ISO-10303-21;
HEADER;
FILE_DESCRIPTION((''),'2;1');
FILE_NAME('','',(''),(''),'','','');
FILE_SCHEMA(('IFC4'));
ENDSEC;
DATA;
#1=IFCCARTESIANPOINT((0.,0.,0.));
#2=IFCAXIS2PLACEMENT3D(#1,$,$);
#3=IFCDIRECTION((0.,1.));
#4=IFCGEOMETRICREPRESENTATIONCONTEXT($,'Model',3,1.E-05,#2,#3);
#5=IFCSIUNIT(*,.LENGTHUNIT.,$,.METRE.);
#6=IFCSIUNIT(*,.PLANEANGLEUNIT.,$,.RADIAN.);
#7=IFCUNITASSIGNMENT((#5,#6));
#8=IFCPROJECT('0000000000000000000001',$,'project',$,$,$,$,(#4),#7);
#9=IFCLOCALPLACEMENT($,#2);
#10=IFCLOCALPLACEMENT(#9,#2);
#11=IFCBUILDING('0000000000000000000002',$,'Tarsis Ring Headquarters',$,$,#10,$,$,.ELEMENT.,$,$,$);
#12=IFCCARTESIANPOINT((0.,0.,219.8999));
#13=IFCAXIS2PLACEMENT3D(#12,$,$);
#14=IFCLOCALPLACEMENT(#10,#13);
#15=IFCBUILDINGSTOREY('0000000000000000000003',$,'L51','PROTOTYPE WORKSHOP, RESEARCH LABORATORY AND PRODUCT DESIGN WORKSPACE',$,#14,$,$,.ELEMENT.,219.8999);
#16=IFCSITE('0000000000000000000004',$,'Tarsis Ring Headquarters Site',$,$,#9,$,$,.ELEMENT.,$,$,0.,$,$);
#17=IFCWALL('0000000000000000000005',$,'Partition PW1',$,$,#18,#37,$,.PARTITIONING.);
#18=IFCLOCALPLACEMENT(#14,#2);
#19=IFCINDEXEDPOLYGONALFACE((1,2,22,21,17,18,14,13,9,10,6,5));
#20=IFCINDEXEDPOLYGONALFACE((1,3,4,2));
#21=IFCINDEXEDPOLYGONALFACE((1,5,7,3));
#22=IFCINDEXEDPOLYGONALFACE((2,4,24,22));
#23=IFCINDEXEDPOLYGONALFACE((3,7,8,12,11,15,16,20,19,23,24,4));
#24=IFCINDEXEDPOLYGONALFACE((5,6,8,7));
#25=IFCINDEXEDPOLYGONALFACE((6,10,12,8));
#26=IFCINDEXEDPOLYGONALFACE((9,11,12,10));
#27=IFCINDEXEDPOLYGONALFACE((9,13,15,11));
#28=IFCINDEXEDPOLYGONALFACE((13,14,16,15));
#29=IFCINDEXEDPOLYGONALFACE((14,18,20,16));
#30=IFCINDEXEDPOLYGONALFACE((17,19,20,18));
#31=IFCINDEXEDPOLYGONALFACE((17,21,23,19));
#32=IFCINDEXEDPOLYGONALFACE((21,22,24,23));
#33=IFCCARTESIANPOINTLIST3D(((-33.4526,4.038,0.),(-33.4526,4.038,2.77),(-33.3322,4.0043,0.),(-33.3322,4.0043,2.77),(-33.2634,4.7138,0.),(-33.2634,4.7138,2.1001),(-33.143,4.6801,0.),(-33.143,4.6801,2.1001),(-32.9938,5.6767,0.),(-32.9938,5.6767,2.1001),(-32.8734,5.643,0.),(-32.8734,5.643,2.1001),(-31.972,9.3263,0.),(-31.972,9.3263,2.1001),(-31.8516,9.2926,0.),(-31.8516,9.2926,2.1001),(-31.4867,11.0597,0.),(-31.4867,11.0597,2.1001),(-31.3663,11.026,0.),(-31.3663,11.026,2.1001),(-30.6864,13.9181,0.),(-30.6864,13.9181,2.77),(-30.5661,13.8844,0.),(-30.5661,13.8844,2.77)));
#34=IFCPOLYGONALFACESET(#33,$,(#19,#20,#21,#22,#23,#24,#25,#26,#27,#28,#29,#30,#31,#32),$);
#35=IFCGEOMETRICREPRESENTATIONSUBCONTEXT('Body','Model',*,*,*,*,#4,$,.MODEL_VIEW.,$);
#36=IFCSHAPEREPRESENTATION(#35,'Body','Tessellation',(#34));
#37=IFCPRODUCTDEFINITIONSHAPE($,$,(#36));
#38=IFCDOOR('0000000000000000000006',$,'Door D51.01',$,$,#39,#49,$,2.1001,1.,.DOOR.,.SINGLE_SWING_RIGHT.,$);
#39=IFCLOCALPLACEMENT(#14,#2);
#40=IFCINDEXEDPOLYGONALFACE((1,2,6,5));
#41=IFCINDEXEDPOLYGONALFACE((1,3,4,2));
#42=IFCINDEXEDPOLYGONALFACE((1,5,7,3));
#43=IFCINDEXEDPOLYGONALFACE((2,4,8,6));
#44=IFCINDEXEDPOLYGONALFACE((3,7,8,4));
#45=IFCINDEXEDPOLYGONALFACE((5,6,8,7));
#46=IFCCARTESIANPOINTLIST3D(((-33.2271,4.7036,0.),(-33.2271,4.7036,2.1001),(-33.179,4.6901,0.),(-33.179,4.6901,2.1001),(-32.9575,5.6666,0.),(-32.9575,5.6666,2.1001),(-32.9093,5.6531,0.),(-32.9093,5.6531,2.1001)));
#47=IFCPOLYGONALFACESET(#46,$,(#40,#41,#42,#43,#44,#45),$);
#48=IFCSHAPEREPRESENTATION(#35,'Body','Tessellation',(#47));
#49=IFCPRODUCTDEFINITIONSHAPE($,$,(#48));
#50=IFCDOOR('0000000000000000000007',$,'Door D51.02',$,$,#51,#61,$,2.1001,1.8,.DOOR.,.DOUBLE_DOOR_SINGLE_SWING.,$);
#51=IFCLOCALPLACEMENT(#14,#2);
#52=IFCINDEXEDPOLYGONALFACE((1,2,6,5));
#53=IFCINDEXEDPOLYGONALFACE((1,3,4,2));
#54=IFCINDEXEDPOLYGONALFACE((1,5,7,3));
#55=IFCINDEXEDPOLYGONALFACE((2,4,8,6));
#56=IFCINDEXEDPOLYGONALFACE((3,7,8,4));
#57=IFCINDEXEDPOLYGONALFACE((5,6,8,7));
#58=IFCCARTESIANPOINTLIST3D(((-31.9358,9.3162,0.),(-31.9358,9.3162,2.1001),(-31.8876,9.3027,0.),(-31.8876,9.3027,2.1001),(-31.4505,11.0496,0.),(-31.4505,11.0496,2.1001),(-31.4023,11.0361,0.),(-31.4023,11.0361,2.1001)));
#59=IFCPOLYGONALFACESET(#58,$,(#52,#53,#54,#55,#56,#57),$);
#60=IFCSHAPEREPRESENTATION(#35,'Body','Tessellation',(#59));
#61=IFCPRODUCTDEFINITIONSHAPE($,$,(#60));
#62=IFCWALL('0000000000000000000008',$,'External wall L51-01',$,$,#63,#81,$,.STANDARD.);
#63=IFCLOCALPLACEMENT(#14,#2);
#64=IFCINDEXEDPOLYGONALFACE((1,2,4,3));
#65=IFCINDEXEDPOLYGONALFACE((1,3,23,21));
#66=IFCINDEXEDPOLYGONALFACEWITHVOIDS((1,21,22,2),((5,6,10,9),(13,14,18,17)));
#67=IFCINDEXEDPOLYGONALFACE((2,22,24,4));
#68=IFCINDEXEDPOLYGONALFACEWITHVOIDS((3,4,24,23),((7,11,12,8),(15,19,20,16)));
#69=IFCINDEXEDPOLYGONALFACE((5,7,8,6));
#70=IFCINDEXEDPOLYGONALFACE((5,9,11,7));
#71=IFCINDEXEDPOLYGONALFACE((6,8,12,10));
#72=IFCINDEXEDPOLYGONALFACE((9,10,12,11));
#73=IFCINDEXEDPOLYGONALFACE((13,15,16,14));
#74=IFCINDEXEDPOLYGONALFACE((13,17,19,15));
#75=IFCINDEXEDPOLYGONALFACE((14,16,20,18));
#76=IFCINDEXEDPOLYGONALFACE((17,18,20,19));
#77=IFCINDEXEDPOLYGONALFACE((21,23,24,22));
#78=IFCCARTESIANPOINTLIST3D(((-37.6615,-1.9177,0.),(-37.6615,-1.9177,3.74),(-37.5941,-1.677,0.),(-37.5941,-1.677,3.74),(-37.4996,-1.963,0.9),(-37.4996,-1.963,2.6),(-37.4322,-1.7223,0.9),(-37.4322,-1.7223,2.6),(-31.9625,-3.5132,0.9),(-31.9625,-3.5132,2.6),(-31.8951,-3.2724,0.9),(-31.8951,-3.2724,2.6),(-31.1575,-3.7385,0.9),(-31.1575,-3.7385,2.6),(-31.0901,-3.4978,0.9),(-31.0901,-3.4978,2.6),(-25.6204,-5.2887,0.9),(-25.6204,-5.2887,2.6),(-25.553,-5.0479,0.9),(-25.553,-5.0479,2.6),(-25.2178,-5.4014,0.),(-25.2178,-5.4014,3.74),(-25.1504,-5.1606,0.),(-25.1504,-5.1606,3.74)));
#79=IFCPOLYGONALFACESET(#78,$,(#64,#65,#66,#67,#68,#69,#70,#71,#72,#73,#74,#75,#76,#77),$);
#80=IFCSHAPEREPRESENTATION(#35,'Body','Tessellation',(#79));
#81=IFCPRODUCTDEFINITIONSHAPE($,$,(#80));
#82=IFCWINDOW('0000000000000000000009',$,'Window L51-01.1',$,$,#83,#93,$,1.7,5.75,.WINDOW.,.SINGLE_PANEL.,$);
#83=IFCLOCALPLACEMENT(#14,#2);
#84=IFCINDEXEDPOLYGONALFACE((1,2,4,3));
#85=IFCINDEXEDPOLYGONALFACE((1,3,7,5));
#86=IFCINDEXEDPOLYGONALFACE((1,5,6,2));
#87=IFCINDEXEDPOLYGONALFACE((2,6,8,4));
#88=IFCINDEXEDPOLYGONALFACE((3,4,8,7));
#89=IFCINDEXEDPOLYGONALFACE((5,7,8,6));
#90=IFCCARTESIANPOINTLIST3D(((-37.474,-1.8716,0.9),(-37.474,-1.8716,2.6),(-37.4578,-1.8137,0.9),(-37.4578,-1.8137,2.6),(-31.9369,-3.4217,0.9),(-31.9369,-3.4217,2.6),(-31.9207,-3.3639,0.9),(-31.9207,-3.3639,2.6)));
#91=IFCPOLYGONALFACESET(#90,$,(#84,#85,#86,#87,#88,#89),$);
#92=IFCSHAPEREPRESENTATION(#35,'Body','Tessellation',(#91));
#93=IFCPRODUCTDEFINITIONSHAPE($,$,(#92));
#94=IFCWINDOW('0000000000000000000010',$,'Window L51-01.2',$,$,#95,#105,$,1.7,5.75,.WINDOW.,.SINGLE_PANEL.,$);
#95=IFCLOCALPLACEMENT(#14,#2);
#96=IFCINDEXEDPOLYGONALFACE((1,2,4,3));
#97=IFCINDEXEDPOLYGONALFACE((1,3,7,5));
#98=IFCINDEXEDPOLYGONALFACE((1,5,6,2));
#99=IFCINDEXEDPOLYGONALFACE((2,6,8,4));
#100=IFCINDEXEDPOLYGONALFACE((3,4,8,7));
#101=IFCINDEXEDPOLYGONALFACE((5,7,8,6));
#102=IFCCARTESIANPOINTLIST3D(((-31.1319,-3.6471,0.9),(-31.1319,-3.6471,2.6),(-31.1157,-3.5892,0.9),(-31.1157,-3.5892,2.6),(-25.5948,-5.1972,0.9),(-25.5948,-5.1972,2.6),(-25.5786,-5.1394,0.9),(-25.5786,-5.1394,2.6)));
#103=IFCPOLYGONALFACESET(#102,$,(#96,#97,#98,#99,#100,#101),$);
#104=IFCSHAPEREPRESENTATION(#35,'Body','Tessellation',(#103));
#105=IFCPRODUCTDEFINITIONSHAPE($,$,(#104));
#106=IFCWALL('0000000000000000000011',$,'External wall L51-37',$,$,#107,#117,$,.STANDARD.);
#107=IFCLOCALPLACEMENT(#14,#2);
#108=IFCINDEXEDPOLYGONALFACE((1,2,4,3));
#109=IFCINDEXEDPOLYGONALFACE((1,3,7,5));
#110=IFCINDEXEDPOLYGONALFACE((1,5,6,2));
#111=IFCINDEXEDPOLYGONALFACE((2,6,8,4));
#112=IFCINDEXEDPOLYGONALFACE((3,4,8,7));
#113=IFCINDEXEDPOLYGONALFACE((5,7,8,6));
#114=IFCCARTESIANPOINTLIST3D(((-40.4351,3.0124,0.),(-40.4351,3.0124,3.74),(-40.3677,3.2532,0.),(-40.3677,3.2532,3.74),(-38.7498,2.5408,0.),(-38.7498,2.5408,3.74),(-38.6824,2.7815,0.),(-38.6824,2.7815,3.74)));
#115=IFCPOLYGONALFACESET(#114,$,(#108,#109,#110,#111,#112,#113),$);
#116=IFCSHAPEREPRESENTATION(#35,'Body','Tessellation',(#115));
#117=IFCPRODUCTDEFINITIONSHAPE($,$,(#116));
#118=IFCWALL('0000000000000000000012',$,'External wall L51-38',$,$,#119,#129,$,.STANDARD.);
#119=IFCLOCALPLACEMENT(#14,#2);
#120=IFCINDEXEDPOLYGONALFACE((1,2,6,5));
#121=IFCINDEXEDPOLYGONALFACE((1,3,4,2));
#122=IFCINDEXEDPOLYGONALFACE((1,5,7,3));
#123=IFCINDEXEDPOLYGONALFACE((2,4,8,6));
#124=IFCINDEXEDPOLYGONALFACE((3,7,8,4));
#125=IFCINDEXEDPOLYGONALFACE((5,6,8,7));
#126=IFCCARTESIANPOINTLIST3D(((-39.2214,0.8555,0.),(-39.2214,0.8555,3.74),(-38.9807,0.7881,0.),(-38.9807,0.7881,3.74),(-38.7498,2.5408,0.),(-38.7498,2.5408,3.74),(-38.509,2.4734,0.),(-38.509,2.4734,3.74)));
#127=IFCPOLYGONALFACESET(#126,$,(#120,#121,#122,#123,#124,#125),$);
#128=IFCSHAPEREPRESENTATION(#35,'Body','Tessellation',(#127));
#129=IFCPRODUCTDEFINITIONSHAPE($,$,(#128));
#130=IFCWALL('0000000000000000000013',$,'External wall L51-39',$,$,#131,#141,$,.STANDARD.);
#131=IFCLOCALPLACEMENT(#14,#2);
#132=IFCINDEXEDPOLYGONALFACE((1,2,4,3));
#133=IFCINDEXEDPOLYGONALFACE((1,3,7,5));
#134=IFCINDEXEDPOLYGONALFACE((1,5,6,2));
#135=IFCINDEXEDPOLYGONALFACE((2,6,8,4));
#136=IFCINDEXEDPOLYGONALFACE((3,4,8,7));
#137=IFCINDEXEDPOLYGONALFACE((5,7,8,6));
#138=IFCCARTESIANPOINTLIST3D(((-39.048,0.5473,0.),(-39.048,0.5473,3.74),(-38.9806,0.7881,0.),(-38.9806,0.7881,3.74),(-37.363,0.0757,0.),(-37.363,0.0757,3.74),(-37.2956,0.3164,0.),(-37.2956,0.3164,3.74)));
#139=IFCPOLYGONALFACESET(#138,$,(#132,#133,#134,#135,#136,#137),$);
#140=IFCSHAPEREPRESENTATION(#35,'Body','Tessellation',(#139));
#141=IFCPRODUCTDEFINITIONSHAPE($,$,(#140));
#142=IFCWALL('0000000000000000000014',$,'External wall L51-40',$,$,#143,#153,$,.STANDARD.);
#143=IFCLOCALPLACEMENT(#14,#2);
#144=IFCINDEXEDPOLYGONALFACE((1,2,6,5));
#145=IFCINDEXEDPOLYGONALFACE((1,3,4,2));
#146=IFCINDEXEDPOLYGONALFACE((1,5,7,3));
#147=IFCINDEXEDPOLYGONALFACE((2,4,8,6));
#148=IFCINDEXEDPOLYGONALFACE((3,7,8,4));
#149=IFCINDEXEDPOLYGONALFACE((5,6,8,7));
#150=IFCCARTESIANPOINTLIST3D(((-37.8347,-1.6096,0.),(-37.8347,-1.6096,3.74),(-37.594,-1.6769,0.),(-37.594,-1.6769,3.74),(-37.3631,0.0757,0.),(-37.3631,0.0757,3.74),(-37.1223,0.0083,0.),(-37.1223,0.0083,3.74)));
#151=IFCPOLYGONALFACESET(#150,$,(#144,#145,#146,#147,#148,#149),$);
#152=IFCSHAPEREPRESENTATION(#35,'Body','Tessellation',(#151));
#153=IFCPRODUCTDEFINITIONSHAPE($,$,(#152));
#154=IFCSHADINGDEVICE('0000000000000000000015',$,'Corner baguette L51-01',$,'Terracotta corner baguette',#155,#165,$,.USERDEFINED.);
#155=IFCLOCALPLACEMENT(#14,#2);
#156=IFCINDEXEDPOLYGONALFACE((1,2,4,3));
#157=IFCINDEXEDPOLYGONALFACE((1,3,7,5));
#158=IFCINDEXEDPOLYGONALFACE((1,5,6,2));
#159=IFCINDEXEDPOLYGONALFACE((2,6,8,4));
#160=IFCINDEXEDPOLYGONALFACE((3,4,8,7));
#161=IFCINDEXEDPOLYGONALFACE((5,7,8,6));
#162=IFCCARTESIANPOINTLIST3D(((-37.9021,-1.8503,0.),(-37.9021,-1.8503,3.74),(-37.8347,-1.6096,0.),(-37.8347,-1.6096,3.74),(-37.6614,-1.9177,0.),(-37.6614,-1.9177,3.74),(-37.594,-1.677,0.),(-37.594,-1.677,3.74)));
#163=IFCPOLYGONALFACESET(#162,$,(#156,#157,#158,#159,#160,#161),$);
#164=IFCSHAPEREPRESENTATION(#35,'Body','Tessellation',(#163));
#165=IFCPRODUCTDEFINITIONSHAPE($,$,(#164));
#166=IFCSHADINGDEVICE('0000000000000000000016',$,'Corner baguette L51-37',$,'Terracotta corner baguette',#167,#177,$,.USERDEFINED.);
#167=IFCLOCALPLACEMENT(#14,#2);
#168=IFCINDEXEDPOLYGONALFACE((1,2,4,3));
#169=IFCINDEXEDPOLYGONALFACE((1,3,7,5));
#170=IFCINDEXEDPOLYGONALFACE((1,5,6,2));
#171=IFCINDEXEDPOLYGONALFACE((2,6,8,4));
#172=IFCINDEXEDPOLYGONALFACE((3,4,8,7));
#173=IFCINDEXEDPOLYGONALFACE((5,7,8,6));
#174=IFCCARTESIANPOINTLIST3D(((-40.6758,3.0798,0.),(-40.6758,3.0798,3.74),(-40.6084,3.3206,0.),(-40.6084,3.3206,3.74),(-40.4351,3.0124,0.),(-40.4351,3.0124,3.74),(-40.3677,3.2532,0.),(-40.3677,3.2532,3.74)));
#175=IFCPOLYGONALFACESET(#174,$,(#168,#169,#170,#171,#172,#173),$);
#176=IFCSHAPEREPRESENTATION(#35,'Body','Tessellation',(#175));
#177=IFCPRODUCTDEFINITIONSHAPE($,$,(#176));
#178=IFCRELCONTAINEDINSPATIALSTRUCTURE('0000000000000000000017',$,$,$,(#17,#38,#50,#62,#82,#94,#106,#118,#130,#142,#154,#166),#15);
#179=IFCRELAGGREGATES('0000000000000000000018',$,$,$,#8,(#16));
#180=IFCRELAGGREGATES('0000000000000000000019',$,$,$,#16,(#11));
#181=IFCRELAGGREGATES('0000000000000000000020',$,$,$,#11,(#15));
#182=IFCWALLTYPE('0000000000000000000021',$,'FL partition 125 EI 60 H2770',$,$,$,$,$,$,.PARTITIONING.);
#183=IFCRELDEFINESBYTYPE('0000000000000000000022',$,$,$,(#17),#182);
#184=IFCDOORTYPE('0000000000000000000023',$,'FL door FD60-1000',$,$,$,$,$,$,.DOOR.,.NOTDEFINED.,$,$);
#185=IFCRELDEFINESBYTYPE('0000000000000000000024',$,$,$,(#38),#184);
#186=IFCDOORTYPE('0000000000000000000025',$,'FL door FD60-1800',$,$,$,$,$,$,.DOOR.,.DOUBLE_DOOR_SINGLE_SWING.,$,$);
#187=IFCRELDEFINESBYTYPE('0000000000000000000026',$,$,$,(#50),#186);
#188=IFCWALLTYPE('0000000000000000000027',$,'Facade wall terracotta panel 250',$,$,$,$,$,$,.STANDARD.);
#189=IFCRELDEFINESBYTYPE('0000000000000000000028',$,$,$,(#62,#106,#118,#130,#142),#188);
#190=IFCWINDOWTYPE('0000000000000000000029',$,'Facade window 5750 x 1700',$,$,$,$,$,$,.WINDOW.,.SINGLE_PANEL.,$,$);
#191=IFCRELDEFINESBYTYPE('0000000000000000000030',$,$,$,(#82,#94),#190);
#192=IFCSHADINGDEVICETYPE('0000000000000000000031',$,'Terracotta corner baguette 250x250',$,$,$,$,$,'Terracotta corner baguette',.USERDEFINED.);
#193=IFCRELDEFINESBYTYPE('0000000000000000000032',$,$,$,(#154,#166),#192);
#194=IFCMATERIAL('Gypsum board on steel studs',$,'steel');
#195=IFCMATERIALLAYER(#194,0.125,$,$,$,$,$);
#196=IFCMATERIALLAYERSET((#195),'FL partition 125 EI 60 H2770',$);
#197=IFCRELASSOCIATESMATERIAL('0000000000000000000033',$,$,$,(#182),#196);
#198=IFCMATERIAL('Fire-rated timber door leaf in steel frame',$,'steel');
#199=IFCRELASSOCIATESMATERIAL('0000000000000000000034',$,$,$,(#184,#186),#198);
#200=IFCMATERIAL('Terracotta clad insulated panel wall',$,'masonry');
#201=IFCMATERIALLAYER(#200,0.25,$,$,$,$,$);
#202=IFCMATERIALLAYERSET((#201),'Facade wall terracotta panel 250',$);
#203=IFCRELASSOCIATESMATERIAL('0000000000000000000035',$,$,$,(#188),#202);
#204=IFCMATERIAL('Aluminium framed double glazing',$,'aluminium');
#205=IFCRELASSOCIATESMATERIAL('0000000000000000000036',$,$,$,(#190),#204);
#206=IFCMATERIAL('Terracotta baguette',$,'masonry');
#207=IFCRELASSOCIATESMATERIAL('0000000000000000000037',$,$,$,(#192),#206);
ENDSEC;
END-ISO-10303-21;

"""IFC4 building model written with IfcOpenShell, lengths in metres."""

from ifc_helpers import new_model, si_unit, direction, frame, frame_2d, origin, origin_2d, place, context, subcontext, project, spatial, rectangle, extrude, material, layer, layer_set, type_object, element, fill, save


model = new_model("IFC4")

# Units and contexts
model_context = context("Model", 3, precision=1e-05, world=origin(), true_north=direction((0.0, 1.0)))
body_context = subcontext(model_context, "Body", "Model", "MODEL_VIEW")
ifc_project = project(units=[si_unit("LENGTHUNIT", "METRE"), si_unit("PLANEANGLEUNIT", "RADIAN")], contexts=[model_context])

# Site, building, storey
site_placement = place(None, origin())
site = spatial("IfcSite", under=ifc_project, at=site_placement, Name="Tarsis Ring Headquarters Site", CompositionType="ELEMENT", RefElevation=0.0)
building_placement = place(site_placement, origin())
building = spatial("IfcBuilding", under=site, at=building_placement, Name="Tarsis Ring Headquarters", CompositionType="ELEMENT")
storey_placement = place(building_placement, frame((0.0, 0.0, 219.8999)))
storey = spatial("IfcBuildingStorey", under=building, at=storey_placement, Name="L51", Description="PROTOTYPE WORKSHOP, RESEARCH LABORATORY AND PRODUCT DESIGN WORKSPACE", CompositionType="ELEMENT", Elevation=219.8999)

# Shared definitions
ifc_material_1 = material(Name="Gypsum board on steel studs", Category="steel")
ifc_layer_1 = layer(ifc_material_1, 0.125)
ifc_layer_set_1 = layer_set([ifc_layer_1], Name="FL partition 125 EI 60 H2770")
wall_type_1 = type_object("IfcWallType", Name="FL partition 125 EI 60 H2770", PredefinedType="PARTITIONING", material=ifc_layer_set_1)

# Wall, openings, doors
wall_1_placement = place(storey_placement, frame((-33.3923, 4.0212, 0.0), z_axis=(0.0, 0.0, 1.0), x_axis=(0.269601, 0.962972, 0.0)))
wall_1 = element("IfcWall", 1, at=wall_1_placement, inside=storey, type_object=wall_type_1, Name="Partition PW1", PredefinedType="PARTITIONING", context=body_context, shape_type="SweptSolid", body=[
    extrude(rectangle(XDim=10.26, YDim=0.125, at=frame_2d((5.1299, 0.0))), origin(), (0.0, 0.0, 1.0), 2.77),
])
opening_1_placement = place(wall_1_placement, frame((0.7017, 0.0, 0.0)))
opening_1 = element("IfcOpeningElement", 2, at=opening_1_placement, cuts=wall_1, PredefinedType="OPENING", context=body_context, shape_type="SweptSolid", body=[
    extrude(rectangle(XDim=1.0, YDim=2.1001, at=frame_2d((0.5, 1.05))), frame((0.0, 0.0725, 0.0), z_axis=(0.0, -1.0, 0.0), x_axis=(1.0, 0.0, 0.0)), (0.0, 0.0, 1.0), 0.145),
])
opening_2_placement = place(wall_1_placement, frame((5.4917, 0.0, 0.0)))
opening_2 = element("IfcOpeningElement", 3, at=opening_2_placement, cuts=wall_1, PredefinedType="OPENING", context=body_context, shape_type="SweptSolid", body=[
    extrude(rectangle(XDim=1.8, YDim=2.1001, at=frame_2d((0.8999, 1.05))), frame((0.0, 0.0725, 0.0), z_axis=(0.0, -1.0, 0.0), x_axis=(1.0, 0.0, 0.0)), (0.0, 0.0, 1.0), 0.145),
])
ifc_material_2 = material(Name="Fire-rated timber door leaf in steel frame", Category="steel")
door_type_1 = type_object("IfcDoorType", Name="FL door FD60-1000", OperationType="NOTDEFINED", PredefinedType="DOOR", material=ifc_material_2)
door_1_placement = place(opening_1_placement, origin())
door_1 = element("IfcDoor", 4, at=door_1_placement, inside=storey, type_object=door_type_1, Name="Door D51.01", OperationType="SINGLE_SWING_RIGHT", OverallHeight=2.1001, OverallWidth=1.0, PredefinedType="DOOR", context=body_context, shape_type="SweptSolid", body=[
    extrude(rectangle(XDim=1.0, YDim=2.1001, at=frame_2d((0.5, 1.05))), frame((0.0, 0.0249, 0.0), z_axis=(0.0, -1.0, 0.0), x_axis=(1.0, 0.0, 0.0)), (0.0, 0.0, 1.0), 0.05),
])
fill(opening_1, door_1)
door_type_2 = type_object("IfcDoorType", Name="FL door FD60-1800", OperationType="DOUBLE_DOOR_SINGLE_SWING", PredefinedType="DOOR", material=ifc_material_2)
door_2_placement = place(opening_2_placement, origin())
door_2 = element("IfcDoor", 5, at=door_2_placement, inside=storey, type_object=door_type_2, Name="Door D51.02", OperationType="DOUBLE_DOOR_SINGLE_SWING", OverallHeight=2.1001, OverallWidth=1.8, PredefinedType="DOOR", context=body_context, shape_type="SweptSolid", body=[
    extrude(rectangle(XDim=1.8, YDim=2.1001, at=frame_2d((0.8999, 1.05))), frame((0.0, 0.0249, 0.0), z_axis=(0.0, -1.0, 0.0), x_axis=(1.0, 0.0, 0.0)), (0.0, 0.0, 1.0), 0.05),
])
fill(opening_2, door_2)

# Wall, openings, windows
ifc_material_3 = material(Name="Terracotta clad insulated panel wall", Category="masonry")
ifc_layer_2 = layer(ifc_material_3, 0.25)
ifc_layer_set_2 = layer_set([ifc_layer_2], Name="Facade wall terracotta panel 250")
wall_type_2 = type_object("IfcWallType", Name="Facade wall terracotta panel 250", PredefinedType="STANDARD", material=ifc_layer_set_2)
wall_2_placement = place(storey_placement, frame((-37.6277, -1.7974, 0.0), z_axis=(0.0, 0.0, 1.0), x_axis=(0.962975, -0.269589, 0.0)))
wall_2 = element("IfcWall", 6, at=wall_2_placement, inside=storey, type_object=wall_type_2, Name="External wall L51-01", PredefinedType="STANDARD", context=body_context, shape_type="SweptSolid", body=[
    extrude(rectangle(XDim=12.9221, YDim=0.25, at=frame_2d((6.4609, 0.0))), origin(), (0.0, 0.0, 1.0), 3.74),
])
opening_3_placement = place(wall_2_placement, frame((0.168, 0.0, 0.8999)))
opening_3 = element("IfcOpeningElement", 7, at=opening_3_placement, cuts=wall_2, PredefinedType="OPENING", context=body_context, shape_type="SweptSolid", body=[
    extrude(rectangle(XDim=5.75, YDim=1.7, at=frame_2d((2.875, 0.8501))), frame((0.0, 0.135, 0.0), z_axis=(0.0, -1.0, 0.0), x_axis=(1.0, 0.0, 0.0)), (0.0, 0.0, 1.0), 0.27),
])
opening_4_placement = place(wall_2_placement, frame((6.7539, 0.0, 0.8999)))
opening_4 = element("IfcOpeningElement", 8, at=opening_4_placement, cuts=wall_2, PredefinedType="OPENING", context=body_context, shape_type="SweptSolid", body=[
    extrude(rectangle(XDim=5.75, YDim=1.7, at=frame_2d((2.875, 0.8501))), frame((0.0, 0.135, 0.0), z_axis=(0.0, -1.0, 0.0), x_axis=(1.0, 0.0, 0.0)), (0.0, 0.0, 1.0), 0.27),
])
ifc_material_4 = material(Name="Aluminium framed double glazing", Category="aluminium")
window_type = type_object("IfcWindowType", Name="Facade window 5750 x 1700", PartitioningType="SINGLE_PANEL", PredefinedType="WINDOW", material=ifc_material_4)
window_1_placement = place(opening_3_placement, origin())
window_1 = element("IfcWindow", 9, at=window_1_placement, inside=storey, type_object=window_type, Name="Window L51-01.1", OverallHeight=1.7, OverallWidth=5.75, PartitioningType="SINGLE_PANEL", PredefinedType="WINDOW", context=body_context, shape_type="SweptSolid", body=[
    extrude(rectangle(XDim=5.75, YDim=1.7, at=frame_2d((2.875, 0.8501))), frame((0.0, 0.03, 0.0), z_axis=(0.0, -1.0, 0.0), x_axis=(1.0, 0.0, 0.0)), (0.0, 0.0, 1.0), 0.0601),
])
fill(opening_3, window_1)
window_2_placement = place(opening_4_placement, origin())
window_2 = element("IfcWindow", 10, at=window_2_placement, inside=storey, type_object=window_type, Name="Window L51-01.2", OverallHeight=1.7, OverallWidth=5.75, PartitioningType="SINGLE_PANEL", PredefinedType="WINDOW", context=body_context, shape_type="SweptSolid", body=[
    extrude(rectangle(XDim=5.75, YDim=1.7, at=frame_2d((2.875, 0.8501))), frame((0.0, 0.03, 0.0), z_axis=(0.0, -1.0, 0.0), x_axis=(1.0, 0.0, 0.0)), (0.0, 0.0, 1.0), 0.0601),
])
fill(opening_4, window_2)

# Walls
for number, where, z_axis, x_axis, name in (
    (11, (-40.4014, 3.1328, 0.0), (0.0, 0.0, 1.0), (0.962994, -0.269521, 0.0), "External wall L51-37"),
    (12, (-38.6294, 2.5071, 0.0), (0.0, 0.0, 1.0), (-0.269521, -0.962994, 0.0), "External wall L51-38"),
):
    element("IfcWall", number, at=place(storey_placement, frame(where, z_axis=z_axis, x_axis=x_axis)), inside=storey, type_object=wall_type_2, Name=name, PredefinedType="STANDARD", context=body_context, shape_type="SweptSolid", body=[
        extrude(rectangle(XDim=1.75, YDim=0.25, at=frame_2d((0.875, 0.0))), origin(), (0.0, 0.0, 1.0), 3.74),
    ])
wall_3_placement = place(storey_placement, frame((-39.0144, 0.6677, 0.0), z_axis=(0.0, 0.0, 1.0), x_axis=(0.962984, -0.269557, 0.0)))
element("IfcWall", 13, at=wall_3_placement, inside=storey, type_object=wall_type_2, Name="External wall L51-39", PredefinedType="STANDARD", context=body_context, shape_type="SweptSolid", body=[
    extrude(rectangle(XDim=1.7498, YDim=0.25, at=frame_2d((0.875, 0.0))), origin(), (0.0, 0.0, 1.0), 3.74),
])
wall_4_placement = place(storey_placement, frame((-37.2427, 0.042, 0.0), z_axis=(0.0, 0.0, 1.0), x_axis=(-0.269521, -0.962994, 0.0)))
element("IfcWall", 14, at=wall_4_placement, inside=storey, type_object=wall_type_2, Name="External wall L51-40", PredefinedType="STANDARD", context=body_context, shape_type="SweptSolid", body=[
    extrude(rectangle(XDim=1.75, YDim=0.25, at=frame_2d((0.875, 0.0))), origin(), (0.0, 0.0, 1.0), 3.74),
])

# Shading devices
ifc_material_5 = material(Name="Terracotta baguette", Category="masonry")
shading_device_type_1 = type_object("IfcShadingDeviceType", Name="Terracotta corner baguette 250x250", ElementType="Terracotta corner baguette", PredefinedType="USERDEFINED", material=ifc_material_5)
for number, where, z_axis, x_axis, name in (
    (15, (-37.748, -1.7637, 0.0), (0.0, 0.0, 1.0), (-0.269592, -0.962975, 0.0), "Corner baguette L51-01"),
    (16, (-40.5217, 3.1665, 0.0), (0.0, 0.0, 1.0), (-0.269592, -0.962975, 0.0), "Corner baguette L51-37"),
):
    element("IfcShadingDevice", number, at=place(storey_placement, frame(where, z_axis=z_axis, x_axis=x_axis)), inside=storey, type_object=shading_device_type_1, Name=name, ObjectType="Terracotta corner baguette", PredefinedType="USERDEFINED", context=body_context, shape_type="SweptSolid", body=[
        extrude(rectangle(XDim=0.25, YDim=0.25, at=origin_2d()), origin(), (0.0, 0.0, 1.0), 3.74),
    ])

save(model, "model.ifc")
